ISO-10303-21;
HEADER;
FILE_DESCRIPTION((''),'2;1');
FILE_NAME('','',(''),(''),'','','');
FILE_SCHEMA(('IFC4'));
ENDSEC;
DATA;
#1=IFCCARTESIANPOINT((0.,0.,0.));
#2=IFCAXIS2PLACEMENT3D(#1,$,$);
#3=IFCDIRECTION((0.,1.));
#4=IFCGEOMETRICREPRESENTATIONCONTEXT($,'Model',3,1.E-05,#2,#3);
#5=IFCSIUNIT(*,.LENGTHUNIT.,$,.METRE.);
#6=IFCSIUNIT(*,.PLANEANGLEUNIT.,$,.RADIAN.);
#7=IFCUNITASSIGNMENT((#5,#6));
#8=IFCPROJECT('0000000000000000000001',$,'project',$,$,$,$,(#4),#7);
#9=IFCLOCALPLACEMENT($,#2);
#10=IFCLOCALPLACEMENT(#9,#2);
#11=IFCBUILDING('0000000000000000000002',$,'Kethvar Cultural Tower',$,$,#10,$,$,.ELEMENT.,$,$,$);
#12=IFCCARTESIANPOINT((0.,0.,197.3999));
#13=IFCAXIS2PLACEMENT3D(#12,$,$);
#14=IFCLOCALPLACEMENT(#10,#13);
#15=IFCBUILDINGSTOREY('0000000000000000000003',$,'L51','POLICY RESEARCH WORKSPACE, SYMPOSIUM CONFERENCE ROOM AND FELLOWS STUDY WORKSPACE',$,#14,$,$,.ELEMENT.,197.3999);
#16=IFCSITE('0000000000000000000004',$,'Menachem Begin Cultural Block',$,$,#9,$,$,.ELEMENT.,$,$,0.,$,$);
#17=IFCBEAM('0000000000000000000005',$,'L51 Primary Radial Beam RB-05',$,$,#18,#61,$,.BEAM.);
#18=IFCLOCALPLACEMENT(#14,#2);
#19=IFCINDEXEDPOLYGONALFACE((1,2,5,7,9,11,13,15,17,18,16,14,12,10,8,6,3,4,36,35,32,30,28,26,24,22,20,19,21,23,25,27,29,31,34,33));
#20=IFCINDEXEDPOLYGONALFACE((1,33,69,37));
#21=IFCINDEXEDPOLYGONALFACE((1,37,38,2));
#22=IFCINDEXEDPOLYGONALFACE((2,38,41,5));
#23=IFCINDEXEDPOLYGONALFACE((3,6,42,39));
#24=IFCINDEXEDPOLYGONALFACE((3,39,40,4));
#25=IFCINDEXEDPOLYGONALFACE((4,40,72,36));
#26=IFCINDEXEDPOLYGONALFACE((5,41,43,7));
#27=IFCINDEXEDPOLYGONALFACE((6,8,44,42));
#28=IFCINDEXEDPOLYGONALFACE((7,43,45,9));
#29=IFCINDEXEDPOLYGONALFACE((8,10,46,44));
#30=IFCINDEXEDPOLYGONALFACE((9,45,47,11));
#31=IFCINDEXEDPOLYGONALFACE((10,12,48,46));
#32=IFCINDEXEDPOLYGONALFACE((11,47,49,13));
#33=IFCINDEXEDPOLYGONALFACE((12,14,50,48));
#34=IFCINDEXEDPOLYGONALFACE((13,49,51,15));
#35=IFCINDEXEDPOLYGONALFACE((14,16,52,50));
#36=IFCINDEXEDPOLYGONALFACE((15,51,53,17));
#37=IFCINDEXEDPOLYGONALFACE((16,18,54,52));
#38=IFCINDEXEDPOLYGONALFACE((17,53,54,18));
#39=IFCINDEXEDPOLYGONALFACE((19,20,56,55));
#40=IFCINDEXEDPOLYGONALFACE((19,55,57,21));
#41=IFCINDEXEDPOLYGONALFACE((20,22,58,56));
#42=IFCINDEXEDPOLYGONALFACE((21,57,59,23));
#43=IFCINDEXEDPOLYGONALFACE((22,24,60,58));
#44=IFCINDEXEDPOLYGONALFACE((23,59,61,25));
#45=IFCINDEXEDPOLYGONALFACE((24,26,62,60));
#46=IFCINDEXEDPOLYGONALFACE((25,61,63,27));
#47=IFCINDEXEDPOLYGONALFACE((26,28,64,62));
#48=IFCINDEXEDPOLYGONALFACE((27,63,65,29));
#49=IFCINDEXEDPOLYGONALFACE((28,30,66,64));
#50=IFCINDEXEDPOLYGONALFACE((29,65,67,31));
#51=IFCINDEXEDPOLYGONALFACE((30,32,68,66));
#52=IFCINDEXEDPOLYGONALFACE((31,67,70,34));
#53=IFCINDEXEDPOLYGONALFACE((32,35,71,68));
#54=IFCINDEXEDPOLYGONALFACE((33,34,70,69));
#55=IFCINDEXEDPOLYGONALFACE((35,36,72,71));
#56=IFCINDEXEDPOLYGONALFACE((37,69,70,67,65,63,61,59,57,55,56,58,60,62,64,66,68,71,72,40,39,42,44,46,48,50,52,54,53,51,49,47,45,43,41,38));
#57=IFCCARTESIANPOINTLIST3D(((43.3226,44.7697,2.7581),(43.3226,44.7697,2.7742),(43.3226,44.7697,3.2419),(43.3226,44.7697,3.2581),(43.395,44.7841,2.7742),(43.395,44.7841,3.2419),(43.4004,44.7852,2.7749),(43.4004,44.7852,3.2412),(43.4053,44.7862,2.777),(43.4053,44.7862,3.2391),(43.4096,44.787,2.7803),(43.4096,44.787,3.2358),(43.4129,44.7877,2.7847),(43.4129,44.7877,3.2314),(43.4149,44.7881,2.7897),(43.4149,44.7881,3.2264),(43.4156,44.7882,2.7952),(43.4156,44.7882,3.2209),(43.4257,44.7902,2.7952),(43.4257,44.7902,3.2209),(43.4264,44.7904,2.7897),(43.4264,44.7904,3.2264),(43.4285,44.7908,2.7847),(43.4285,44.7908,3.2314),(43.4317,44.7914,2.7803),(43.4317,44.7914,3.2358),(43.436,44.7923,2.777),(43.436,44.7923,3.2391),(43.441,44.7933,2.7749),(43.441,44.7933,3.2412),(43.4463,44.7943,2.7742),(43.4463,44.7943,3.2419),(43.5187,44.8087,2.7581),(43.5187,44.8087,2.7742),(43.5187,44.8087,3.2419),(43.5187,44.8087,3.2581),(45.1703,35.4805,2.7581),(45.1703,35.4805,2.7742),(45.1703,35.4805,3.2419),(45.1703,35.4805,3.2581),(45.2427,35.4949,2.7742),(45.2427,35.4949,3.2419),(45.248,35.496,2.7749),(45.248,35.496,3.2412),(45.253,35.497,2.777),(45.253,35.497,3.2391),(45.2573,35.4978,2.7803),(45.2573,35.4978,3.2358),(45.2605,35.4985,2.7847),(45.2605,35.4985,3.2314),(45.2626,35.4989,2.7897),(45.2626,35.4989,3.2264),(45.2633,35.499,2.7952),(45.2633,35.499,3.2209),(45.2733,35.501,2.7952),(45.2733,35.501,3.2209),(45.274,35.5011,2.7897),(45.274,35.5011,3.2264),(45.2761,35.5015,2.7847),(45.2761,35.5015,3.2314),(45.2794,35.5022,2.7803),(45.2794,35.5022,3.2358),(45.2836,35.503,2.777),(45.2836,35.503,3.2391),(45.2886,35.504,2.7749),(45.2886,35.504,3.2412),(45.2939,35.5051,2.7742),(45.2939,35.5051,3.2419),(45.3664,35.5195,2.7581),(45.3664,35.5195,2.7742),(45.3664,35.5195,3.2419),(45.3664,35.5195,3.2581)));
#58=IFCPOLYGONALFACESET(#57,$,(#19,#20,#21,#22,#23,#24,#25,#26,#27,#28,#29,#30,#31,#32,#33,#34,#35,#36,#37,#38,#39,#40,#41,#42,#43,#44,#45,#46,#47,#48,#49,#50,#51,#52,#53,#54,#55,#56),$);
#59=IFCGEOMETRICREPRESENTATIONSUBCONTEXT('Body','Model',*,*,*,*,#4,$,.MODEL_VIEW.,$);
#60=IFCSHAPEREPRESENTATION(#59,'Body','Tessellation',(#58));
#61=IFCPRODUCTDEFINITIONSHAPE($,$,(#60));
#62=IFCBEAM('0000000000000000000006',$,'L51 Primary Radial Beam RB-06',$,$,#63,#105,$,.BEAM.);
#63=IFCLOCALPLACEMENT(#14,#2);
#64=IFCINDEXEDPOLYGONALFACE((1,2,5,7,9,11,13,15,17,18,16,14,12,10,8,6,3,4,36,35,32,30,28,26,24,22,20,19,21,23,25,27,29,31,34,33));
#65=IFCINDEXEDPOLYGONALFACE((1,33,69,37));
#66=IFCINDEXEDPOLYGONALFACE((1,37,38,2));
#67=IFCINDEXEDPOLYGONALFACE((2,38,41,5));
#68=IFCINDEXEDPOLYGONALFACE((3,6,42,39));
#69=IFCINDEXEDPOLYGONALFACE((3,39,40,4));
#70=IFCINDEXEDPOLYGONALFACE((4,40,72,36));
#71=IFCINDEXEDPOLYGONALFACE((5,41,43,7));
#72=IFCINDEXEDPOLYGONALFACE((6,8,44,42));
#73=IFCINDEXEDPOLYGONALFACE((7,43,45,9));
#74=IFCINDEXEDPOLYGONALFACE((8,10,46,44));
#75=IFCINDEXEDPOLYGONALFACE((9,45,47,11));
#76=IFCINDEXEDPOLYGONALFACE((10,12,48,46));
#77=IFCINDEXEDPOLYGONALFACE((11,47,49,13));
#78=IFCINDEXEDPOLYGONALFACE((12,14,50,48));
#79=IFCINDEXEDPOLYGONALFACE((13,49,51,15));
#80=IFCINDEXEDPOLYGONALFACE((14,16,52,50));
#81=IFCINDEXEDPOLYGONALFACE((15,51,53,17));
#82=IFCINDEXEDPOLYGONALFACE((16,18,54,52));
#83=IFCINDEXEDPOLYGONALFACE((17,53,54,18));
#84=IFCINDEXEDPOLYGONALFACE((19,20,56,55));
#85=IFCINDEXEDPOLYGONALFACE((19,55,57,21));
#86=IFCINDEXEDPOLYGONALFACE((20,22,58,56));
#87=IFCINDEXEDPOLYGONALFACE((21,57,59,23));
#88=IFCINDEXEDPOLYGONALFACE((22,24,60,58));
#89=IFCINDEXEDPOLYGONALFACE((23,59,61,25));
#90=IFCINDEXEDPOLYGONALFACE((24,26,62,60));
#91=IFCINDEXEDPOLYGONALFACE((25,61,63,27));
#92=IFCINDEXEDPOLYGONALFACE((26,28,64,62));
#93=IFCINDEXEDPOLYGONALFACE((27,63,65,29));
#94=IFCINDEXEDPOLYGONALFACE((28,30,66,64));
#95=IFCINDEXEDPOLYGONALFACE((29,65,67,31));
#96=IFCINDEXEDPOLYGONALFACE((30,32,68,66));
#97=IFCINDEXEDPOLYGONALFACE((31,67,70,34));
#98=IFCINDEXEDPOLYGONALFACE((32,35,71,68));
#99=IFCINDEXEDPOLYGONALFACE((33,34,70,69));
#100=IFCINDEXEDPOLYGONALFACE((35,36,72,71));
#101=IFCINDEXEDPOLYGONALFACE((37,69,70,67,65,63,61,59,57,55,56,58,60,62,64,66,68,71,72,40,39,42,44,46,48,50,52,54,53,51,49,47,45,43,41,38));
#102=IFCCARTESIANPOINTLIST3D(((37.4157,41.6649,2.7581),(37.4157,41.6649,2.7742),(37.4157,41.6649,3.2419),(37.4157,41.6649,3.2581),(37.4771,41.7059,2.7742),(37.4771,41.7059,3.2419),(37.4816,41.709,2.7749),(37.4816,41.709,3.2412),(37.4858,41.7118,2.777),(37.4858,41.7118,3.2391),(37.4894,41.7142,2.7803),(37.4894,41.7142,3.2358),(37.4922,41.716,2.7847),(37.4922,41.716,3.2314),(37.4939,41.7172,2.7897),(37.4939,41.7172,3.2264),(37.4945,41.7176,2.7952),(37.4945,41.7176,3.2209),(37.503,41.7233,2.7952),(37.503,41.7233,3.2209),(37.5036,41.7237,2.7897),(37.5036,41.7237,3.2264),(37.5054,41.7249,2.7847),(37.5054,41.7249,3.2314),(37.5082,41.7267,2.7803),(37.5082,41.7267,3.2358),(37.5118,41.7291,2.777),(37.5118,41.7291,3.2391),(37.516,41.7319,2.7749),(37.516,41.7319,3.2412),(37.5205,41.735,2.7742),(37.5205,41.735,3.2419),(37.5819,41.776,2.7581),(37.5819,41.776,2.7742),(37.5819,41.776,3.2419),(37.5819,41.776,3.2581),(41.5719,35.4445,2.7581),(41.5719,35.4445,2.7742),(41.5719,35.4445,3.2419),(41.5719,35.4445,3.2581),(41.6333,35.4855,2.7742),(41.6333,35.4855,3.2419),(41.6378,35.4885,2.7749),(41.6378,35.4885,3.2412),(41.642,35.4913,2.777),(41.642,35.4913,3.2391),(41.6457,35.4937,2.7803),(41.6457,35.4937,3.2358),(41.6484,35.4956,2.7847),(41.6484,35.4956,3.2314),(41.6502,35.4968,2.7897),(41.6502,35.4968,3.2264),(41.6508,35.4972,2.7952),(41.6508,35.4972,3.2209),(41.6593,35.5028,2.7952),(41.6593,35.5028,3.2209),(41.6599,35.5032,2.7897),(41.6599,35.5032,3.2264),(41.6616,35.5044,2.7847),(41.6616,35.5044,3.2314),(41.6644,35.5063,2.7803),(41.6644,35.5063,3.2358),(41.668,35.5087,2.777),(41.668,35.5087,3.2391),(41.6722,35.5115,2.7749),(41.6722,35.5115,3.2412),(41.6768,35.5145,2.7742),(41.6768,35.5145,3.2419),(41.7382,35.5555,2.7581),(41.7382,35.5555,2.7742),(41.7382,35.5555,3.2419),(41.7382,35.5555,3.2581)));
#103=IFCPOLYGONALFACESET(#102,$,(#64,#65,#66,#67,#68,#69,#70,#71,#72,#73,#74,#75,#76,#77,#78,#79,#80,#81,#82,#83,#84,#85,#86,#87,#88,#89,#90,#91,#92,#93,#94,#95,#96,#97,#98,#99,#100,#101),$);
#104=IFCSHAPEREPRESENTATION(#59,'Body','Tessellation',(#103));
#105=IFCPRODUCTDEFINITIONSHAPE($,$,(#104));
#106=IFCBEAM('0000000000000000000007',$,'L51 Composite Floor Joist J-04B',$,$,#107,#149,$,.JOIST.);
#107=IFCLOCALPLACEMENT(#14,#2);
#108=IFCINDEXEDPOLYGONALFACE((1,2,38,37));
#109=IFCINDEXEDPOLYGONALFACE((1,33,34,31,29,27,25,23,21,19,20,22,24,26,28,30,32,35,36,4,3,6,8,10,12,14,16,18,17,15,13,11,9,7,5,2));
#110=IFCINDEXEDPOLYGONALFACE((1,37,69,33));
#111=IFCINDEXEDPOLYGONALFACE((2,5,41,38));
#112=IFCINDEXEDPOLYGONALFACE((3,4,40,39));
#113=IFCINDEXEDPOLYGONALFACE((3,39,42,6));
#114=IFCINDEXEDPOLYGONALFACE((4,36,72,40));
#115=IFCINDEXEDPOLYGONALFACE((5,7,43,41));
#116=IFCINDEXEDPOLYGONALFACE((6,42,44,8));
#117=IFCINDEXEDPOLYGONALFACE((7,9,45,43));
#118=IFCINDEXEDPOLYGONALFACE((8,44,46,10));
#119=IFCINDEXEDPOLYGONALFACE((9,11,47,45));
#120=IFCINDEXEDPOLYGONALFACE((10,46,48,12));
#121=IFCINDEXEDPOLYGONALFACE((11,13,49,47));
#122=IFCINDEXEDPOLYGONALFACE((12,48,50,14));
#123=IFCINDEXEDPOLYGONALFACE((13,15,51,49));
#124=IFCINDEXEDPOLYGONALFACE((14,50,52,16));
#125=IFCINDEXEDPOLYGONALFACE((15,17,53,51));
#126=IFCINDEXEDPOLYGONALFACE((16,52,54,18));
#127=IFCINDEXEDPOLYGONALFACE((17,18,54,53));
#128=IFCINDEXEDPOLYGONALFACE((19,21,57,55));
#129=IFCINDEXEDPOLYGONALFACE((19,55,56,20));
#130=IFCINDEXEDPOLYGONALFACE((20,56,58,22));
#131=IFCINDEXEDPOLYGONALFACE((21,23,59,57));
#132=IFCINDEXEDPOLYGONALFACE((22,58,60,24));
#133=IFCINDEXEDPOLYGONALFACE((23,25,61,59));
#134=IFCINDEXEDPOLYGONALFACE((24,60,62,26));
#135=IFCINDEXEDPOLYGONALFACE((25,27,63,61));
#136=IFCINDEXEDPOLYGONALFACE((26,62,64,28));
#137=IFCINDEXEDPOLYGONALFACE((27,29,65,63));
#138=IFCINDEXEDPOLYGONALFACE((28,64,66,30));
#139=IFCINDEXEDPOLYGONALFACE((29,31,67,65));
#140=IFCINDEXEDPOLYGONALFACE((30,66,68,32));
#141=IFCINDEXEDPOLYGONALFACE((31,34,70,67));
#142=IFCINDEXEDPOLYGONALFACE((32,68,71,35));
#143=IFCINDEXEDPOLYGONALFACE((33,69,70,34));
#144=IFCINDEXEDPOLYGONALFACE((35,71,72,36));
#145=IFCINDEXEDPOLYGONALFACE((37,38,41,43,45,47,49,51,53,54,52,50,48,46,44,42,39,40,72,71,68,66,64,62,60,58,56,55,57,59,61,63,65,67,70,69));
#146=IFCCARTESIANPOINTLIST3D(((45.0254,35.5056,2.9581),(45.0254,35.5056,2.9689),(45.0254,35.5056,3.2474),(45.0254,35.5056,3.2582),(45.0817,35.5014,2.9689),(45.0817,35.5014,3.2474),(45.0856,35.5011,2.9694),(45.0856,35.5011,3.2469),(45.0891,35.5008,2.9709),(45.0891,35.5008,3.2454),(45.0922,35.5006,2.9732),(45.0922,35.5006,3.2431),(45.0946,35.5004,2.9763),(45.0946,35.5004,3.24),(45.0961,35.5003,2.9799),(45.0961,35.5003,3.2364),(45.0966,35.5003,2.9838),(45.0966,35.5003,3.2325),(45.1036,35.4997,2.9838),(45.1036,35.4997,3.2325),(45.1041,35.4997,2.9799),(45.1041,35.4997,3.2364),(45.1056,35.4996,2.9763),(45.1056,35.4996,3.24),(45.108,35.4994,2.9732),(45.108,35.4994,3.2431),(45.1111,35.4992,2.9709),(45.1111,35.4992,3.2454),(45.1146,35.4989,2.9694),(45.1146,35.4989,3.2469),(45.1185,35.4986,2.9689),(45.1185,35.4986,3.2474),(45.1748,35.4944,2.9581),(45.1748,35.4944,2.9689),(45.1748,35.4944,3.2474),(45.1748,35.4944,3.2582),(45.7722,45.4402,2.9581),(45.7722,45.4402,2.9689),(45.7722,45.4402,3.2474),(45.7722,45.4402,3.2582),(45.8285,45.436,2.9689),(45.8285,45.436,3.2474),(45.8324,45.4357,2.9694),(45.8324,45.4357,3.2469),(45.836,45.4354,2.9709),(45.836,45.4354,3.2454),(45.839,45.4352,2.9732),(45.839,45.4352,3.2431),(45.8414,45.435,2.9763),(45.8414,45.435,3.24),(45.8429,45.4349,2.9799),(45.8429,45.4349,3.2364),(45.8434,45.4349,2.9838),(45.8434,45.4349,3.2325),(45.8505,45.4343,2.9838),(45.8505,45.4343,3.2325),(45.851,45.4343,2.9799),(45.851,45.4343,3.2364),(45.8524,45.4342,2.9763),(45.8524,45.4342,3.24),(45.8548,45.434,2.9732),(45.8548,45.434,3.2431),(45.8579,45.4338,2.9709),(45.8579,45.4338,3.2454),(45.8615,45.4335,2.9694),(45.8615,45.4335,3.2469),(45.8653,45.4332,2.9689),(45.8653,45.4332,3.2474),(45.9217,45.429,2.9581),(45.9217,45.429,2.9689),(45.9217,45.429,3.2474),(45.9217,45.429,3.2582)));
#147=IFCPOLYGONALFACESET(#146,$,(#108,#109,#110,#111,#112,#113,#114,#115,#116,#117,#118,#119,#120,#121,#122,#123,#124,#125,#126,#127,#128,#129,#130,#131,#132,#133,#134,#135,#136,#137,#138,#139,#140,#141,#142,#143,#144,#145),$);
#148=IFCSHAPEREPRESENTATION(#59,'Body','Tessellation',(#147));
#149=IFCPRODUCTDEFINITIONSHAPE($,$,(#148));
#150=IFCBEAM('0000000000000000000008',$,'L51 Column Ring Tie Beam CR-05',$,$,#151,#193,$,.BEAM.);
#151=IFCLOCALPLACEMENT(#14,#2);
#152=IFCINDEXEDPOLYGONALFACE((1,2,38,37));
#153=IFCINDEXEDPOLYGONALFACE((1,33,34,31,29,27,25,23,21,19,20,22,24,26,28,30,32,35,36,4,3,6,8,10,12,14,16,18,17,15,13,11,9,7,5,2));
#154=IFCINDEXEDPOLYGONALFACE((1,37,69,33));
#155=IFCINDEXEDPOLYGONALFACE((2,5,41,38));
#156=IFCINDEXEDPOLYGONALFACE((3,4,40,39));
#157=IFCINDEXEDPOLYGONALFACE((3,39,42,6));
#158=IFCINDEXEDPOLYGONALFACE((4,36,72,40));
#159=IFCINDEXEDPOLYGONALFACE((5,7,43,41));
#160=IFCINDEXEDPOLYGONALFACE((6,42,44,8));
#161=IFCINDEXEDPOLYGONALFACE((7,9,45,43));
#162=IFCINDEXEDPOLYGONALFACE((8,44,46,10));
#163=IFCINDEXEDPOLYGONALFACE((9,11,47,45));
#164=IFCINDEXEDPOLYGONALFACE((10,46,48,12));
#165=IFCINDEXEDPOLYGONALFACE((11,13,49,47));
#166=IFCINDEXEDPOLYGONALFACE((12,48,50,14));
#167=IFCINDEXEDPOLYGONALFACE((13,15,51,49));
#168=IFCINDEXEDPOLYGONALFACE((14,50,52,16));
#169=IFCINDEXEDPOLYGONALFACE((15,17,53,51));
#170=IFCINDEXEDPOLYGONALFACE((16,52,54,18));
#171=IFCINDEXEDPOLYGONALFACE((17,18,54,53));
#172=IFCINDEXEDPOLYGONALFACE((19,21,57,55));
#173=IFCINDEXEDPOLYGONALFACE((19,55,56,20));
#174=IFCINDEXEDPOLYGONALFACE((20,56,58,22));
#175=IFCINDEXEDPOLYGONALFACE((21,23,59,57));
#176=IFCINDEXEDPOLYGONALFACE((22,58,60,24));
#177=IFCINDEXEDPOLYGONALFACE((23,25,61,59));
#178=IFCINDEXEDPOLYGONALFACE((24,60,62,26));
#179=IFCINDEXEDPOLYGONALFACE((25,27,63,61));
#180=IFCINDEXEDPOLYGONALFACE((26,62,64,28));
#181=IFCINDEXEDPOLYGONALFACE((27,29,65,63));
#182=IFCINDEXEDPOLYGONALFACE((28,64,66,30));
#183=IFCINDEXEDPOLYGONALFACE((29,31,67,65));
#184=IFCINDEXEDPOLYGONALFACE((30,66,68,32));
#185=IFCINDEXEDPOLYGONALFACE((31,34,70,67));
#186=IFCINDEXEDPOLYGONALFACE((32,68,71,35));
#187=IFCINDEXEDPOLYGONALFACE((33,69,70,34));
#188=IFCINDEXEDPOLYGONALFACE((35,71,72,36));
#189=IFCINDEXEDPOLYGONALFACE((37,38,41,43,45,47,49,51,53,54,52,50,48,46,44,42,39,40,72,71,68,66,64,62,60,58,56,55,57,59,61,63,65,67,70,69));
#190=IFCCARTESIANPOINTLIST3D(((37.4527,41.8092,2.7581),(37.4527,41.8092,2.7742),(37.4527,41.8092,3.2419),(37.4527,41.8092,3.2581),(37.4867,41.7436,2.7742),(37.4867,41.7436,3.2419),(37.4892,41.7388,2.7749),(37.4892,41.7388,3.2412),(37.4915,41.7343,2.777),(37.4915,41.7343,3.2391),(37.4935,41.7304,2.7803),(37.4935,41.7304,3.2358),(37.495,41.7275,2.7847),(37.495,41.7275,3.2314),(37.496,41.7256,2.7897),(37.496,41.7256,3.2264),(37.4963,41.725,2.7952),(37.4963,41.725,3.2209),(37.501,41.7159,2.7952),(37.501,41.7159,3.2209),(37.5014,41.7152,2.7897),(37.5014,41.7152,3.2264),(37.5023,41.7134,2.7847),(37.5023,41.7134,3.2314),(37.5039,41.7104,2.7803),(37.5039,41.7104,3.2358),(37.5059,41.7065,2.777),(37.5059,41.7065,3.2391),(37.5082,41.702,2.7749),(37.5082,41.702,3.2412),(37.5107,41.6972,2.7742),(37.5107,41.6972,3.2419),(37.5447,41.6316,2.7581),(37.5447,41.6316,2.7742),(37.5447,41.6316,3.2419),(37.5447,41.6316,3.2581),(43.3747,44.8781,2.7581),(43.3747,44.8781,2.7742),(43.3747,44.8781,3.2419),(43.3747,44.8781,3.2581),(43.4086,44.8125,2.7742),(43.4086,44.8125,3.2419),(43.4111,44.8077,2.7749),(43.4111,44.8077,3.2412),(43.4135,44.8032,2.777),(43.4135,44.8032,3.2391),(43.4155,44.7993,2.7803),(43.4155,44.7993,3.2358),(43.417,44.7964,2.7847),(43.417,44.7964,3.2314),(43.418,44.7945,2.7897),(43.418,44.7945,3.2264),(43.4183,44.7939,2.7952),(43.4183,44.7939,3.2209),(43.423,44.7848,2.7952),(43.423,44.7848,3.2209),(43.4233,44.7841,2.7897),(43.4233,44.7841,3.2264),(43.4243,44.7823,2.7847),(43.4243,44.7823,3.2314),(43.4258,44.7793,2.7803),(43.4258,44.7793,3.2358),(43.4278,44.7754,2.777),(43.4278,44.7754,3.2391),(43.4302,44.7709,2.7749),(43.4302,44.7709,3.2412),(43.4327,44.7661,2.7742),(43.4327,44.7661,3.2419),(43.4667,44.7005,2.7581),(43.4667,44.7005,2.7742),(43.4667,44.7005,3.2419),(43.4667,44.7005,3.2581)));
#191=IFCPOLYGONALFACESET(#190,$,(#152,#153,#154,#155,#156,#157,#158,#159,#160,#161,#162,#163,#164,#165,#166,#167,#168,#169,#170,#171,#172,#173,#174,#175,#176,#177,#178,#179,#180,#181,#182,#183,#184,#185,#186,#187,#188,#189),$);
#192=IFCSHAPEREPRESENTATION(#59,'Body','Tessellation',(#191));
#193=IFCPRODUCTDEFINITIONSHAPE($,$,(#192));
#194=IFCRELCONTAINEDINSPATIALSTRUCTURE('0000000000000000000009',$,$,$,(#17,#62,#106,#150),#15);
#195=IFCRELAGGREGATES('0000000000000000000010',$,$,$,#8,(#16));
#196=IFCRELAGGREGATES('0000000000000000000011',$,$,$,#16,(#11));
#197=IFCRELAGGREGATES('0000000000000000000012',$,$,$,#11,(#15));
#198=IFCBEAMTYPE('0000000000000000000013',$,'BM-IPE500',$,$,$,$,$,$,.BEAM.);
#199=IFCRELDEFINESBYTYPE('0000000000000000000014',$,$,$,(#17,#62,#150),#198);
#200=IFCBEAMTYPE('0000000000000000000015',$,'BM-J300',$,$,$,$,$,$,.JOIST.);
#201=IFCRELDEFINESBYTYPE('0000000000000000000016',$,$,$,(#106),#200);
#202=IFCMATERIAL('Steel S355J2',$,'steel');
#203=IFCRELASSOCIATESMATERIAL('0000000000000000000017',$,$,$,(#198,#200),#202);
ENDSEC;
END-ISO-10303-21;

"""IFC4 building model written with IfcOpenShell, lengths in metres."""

from ifc_helpers import new_model, si_unit, direction, frame, origin, origin_2d, place, context, subcontext, project, spatial, i_section, extrude, source, transform, mapped, material, material_profile, profile_set, type_object, element, save


model = new_model("IFC4")

# Units and contexts
model_context = context("Model", 3, precision=1e-05, world=origin(), true_north=direction((0.0, 1.0)))
body_context = subcontext(model_context, "Body", "Model", "MODEL_VIEW")
ifc_project = project(units=[si_unit("LENGTHUNIT", "METRE"), si_unit("PLANEANGLEUNIT", "RADIAN")], contexts=[model_context])

# Site, building, storey
site_placement = place(None, origin())
site = spatial("IfcSite", under=ifc_project, at=site_placement, Name="Menachem Begin Cultural Block", CompositionType="ELEMENT", RefElevation=0.0)
building_placement = place(site_placement, origin())
building = spatial("IfcBuilding", under=site, at=building_placement, Name="Kethvar Cultural Tower", CompositionType="ELEMENT")
storey_placement = place(building_placement, frame((0.0, 0.0, 197.3999)))
storey = spatial("IfcBuildingStorey", under=building, at=storey_placement, Name="L51", Description="POLICY RESEARCH WORKSPACE, SYMPOSIUM CONFERENCE ROOM AND FELLOWS STUDY WORKSPACE", CompositionType="ELEMENT", Elevation=197.3999)

# Beams
ifc_material_1 = material(Name="Steel S355J2", Category="steel")
ifc_material_profile_1 = material_profile(ifc_material_1, i_section(OverallWidth=0.2, OverallDepth=0.5, WebThickness=0.0103, FlangeThickness=0.0161, FilletRadius=0.021, at=origin_2d()), Name="Steel S355J2 — IPE500")
ifc_profile_set_1 = profile_set([ifc_material_profile_1], Name="Steel S355J2 — IPE500")
beam_type_1 = type_object("IfcBeamType", Name="BM-IPE500", PredefinedType="BEAM", material=ifc_profile_set_1)
shared_shape_1 = source(origin(), body_context, "Body", "SweptSolid", [
    extrude(i_section(OverallWidth=0.2, OverallDepth=0.5, WebThickness=0.0103, FlangeThickness=0.0161, FilletRadius=0.021, at=origin_2d()), origin(), (0.0, 0.0, 1.0), 9.4712),
])
beam_1_placement = place(storey_placement, frame((45.2683, 35.5, 3.0081), z_axis=(-0.19508, 0.980787, 0.0), x_axis=(-0.980787, -0.19508, 0.0)))
element("IfcBeam", 1, at=beam_1_placement, inside=storey, type_object=beam_type_1, Name="L51 Primary Radial Beam RB-05", PredefinedType="BEAM", context=body_context, shape_type="MappedRepresentation", body=[
    mapped(shared_shape_1, transform((0.0, 0.0, 0.0), scale=1.0)),
])
shared_shape_2 = source(origin(), body_context, "Body", "SweptSolid", [
    extrude(i_section(OverallWidth=0.2, OverallDepth=0.5, WebThickness=0.0103, FlangeThickness=0.0161, FilletRadius=0.021, at=origin_2d()), origin(), (0.0, 0.0, 1.0), 7.4812),
])
beam_2_placement = place(storey_placement, frame((41.655, 35.5, 3.0081), z_axis=(-0.555558, 0.831478, 0.0), x_axis=(-0.831478, -0.555558, 0.0)))
element("IfcBeam", 2, at=beam_2_placement, inside=storey, type_object=beam_type_1, Name="L51 Primary Radial Beam RB-06", PredefinedType="BEAM", context=body_context, shape_type="MappedRepresentation", body=[
    mapped(shared_shape_2, transform((0.0, 0.0, 0.0), scale=1.0)),
])
ifc_material_profile_2 = material_profile(ifc_material_1, i_section(OverallWidth=0.1499, OverallDepth=0.3, WebThickness=0.0071, FlangeThickness=0.0107, FilletRadius=0.0149, at=origin_2d()), Name="Steel S355J2 — IPE300")
ifc_profile_set_2 = profile_set([ifc_material_profile_2], Name="Steel S355J2 — IPE300")
beam_type_2 = type_object("IfcBeamType", Name="BM-J300", PredefinedType="JOIST", material=ifc_profile_set_2)
shared_shape_3 = source(origin(), body_context, "Body", "SweptSolid", [
    extrude(i_section(OverallWidth=0.1499, OverallDepth=0.3, WebThickness=0.0071, FlangeThickness=0.0107, FilletRadius=0.0149, at=origin_2d()), origin(), (0.0, 0.0, 1.0), 9.9626),
])
beam_3_placement = place(storey_placement, frame((45.1001, 35.5, 3.1082), z_axis=(0.074963, 0.997186, 0.0), x_axis=(-0.997186, 0.074963, 0.0)))
element("IfcBeam", 3, at=beam_3_placement, inside=storey, type_object=beam_type_2, Name="L51 Composite Floor Joist J-04B", PredefinedType="JOIST", context=body_context, shape_type="MappedRepresentation", body=[
    mapped(shared_shape_3, transform((0.0, 0.0, 0.0), scale=1.0)),
])
shared_shape_4 = source(origin(), body_context, "Body", "SweptSolid", [
    extrude(i_section(OverallWidth=0.2, OverallDepth=0.5, WebThickness=0.0103, FlangeThickness=0.0161, FilletRadius=0.021, at=origin_2d()), origin(), (0.0, 0.0, 1.0), 6.6699),
])
beam_4_placement = place(storey_placement, frame((43.4207, 44.7893, 3.0081), z_axis=(-0.887862, -0.46011, 0.0), x_axis=(0.46011, -0.887862, 0.0)))
element("IfcBeam", 4, at=beam_4_placement, inside=storey, type_object=beam_type_1, Name="L51 Column Ring Tie Beam CR-05", PredefinedType="BEAM", context=body_context, shape_type="MappedRepresentation", body=[
    mapped(shared_shape_4, transform((0.0, 0.0, 0.0), scale=1.0)),
])

save(model, "model.ifc")
